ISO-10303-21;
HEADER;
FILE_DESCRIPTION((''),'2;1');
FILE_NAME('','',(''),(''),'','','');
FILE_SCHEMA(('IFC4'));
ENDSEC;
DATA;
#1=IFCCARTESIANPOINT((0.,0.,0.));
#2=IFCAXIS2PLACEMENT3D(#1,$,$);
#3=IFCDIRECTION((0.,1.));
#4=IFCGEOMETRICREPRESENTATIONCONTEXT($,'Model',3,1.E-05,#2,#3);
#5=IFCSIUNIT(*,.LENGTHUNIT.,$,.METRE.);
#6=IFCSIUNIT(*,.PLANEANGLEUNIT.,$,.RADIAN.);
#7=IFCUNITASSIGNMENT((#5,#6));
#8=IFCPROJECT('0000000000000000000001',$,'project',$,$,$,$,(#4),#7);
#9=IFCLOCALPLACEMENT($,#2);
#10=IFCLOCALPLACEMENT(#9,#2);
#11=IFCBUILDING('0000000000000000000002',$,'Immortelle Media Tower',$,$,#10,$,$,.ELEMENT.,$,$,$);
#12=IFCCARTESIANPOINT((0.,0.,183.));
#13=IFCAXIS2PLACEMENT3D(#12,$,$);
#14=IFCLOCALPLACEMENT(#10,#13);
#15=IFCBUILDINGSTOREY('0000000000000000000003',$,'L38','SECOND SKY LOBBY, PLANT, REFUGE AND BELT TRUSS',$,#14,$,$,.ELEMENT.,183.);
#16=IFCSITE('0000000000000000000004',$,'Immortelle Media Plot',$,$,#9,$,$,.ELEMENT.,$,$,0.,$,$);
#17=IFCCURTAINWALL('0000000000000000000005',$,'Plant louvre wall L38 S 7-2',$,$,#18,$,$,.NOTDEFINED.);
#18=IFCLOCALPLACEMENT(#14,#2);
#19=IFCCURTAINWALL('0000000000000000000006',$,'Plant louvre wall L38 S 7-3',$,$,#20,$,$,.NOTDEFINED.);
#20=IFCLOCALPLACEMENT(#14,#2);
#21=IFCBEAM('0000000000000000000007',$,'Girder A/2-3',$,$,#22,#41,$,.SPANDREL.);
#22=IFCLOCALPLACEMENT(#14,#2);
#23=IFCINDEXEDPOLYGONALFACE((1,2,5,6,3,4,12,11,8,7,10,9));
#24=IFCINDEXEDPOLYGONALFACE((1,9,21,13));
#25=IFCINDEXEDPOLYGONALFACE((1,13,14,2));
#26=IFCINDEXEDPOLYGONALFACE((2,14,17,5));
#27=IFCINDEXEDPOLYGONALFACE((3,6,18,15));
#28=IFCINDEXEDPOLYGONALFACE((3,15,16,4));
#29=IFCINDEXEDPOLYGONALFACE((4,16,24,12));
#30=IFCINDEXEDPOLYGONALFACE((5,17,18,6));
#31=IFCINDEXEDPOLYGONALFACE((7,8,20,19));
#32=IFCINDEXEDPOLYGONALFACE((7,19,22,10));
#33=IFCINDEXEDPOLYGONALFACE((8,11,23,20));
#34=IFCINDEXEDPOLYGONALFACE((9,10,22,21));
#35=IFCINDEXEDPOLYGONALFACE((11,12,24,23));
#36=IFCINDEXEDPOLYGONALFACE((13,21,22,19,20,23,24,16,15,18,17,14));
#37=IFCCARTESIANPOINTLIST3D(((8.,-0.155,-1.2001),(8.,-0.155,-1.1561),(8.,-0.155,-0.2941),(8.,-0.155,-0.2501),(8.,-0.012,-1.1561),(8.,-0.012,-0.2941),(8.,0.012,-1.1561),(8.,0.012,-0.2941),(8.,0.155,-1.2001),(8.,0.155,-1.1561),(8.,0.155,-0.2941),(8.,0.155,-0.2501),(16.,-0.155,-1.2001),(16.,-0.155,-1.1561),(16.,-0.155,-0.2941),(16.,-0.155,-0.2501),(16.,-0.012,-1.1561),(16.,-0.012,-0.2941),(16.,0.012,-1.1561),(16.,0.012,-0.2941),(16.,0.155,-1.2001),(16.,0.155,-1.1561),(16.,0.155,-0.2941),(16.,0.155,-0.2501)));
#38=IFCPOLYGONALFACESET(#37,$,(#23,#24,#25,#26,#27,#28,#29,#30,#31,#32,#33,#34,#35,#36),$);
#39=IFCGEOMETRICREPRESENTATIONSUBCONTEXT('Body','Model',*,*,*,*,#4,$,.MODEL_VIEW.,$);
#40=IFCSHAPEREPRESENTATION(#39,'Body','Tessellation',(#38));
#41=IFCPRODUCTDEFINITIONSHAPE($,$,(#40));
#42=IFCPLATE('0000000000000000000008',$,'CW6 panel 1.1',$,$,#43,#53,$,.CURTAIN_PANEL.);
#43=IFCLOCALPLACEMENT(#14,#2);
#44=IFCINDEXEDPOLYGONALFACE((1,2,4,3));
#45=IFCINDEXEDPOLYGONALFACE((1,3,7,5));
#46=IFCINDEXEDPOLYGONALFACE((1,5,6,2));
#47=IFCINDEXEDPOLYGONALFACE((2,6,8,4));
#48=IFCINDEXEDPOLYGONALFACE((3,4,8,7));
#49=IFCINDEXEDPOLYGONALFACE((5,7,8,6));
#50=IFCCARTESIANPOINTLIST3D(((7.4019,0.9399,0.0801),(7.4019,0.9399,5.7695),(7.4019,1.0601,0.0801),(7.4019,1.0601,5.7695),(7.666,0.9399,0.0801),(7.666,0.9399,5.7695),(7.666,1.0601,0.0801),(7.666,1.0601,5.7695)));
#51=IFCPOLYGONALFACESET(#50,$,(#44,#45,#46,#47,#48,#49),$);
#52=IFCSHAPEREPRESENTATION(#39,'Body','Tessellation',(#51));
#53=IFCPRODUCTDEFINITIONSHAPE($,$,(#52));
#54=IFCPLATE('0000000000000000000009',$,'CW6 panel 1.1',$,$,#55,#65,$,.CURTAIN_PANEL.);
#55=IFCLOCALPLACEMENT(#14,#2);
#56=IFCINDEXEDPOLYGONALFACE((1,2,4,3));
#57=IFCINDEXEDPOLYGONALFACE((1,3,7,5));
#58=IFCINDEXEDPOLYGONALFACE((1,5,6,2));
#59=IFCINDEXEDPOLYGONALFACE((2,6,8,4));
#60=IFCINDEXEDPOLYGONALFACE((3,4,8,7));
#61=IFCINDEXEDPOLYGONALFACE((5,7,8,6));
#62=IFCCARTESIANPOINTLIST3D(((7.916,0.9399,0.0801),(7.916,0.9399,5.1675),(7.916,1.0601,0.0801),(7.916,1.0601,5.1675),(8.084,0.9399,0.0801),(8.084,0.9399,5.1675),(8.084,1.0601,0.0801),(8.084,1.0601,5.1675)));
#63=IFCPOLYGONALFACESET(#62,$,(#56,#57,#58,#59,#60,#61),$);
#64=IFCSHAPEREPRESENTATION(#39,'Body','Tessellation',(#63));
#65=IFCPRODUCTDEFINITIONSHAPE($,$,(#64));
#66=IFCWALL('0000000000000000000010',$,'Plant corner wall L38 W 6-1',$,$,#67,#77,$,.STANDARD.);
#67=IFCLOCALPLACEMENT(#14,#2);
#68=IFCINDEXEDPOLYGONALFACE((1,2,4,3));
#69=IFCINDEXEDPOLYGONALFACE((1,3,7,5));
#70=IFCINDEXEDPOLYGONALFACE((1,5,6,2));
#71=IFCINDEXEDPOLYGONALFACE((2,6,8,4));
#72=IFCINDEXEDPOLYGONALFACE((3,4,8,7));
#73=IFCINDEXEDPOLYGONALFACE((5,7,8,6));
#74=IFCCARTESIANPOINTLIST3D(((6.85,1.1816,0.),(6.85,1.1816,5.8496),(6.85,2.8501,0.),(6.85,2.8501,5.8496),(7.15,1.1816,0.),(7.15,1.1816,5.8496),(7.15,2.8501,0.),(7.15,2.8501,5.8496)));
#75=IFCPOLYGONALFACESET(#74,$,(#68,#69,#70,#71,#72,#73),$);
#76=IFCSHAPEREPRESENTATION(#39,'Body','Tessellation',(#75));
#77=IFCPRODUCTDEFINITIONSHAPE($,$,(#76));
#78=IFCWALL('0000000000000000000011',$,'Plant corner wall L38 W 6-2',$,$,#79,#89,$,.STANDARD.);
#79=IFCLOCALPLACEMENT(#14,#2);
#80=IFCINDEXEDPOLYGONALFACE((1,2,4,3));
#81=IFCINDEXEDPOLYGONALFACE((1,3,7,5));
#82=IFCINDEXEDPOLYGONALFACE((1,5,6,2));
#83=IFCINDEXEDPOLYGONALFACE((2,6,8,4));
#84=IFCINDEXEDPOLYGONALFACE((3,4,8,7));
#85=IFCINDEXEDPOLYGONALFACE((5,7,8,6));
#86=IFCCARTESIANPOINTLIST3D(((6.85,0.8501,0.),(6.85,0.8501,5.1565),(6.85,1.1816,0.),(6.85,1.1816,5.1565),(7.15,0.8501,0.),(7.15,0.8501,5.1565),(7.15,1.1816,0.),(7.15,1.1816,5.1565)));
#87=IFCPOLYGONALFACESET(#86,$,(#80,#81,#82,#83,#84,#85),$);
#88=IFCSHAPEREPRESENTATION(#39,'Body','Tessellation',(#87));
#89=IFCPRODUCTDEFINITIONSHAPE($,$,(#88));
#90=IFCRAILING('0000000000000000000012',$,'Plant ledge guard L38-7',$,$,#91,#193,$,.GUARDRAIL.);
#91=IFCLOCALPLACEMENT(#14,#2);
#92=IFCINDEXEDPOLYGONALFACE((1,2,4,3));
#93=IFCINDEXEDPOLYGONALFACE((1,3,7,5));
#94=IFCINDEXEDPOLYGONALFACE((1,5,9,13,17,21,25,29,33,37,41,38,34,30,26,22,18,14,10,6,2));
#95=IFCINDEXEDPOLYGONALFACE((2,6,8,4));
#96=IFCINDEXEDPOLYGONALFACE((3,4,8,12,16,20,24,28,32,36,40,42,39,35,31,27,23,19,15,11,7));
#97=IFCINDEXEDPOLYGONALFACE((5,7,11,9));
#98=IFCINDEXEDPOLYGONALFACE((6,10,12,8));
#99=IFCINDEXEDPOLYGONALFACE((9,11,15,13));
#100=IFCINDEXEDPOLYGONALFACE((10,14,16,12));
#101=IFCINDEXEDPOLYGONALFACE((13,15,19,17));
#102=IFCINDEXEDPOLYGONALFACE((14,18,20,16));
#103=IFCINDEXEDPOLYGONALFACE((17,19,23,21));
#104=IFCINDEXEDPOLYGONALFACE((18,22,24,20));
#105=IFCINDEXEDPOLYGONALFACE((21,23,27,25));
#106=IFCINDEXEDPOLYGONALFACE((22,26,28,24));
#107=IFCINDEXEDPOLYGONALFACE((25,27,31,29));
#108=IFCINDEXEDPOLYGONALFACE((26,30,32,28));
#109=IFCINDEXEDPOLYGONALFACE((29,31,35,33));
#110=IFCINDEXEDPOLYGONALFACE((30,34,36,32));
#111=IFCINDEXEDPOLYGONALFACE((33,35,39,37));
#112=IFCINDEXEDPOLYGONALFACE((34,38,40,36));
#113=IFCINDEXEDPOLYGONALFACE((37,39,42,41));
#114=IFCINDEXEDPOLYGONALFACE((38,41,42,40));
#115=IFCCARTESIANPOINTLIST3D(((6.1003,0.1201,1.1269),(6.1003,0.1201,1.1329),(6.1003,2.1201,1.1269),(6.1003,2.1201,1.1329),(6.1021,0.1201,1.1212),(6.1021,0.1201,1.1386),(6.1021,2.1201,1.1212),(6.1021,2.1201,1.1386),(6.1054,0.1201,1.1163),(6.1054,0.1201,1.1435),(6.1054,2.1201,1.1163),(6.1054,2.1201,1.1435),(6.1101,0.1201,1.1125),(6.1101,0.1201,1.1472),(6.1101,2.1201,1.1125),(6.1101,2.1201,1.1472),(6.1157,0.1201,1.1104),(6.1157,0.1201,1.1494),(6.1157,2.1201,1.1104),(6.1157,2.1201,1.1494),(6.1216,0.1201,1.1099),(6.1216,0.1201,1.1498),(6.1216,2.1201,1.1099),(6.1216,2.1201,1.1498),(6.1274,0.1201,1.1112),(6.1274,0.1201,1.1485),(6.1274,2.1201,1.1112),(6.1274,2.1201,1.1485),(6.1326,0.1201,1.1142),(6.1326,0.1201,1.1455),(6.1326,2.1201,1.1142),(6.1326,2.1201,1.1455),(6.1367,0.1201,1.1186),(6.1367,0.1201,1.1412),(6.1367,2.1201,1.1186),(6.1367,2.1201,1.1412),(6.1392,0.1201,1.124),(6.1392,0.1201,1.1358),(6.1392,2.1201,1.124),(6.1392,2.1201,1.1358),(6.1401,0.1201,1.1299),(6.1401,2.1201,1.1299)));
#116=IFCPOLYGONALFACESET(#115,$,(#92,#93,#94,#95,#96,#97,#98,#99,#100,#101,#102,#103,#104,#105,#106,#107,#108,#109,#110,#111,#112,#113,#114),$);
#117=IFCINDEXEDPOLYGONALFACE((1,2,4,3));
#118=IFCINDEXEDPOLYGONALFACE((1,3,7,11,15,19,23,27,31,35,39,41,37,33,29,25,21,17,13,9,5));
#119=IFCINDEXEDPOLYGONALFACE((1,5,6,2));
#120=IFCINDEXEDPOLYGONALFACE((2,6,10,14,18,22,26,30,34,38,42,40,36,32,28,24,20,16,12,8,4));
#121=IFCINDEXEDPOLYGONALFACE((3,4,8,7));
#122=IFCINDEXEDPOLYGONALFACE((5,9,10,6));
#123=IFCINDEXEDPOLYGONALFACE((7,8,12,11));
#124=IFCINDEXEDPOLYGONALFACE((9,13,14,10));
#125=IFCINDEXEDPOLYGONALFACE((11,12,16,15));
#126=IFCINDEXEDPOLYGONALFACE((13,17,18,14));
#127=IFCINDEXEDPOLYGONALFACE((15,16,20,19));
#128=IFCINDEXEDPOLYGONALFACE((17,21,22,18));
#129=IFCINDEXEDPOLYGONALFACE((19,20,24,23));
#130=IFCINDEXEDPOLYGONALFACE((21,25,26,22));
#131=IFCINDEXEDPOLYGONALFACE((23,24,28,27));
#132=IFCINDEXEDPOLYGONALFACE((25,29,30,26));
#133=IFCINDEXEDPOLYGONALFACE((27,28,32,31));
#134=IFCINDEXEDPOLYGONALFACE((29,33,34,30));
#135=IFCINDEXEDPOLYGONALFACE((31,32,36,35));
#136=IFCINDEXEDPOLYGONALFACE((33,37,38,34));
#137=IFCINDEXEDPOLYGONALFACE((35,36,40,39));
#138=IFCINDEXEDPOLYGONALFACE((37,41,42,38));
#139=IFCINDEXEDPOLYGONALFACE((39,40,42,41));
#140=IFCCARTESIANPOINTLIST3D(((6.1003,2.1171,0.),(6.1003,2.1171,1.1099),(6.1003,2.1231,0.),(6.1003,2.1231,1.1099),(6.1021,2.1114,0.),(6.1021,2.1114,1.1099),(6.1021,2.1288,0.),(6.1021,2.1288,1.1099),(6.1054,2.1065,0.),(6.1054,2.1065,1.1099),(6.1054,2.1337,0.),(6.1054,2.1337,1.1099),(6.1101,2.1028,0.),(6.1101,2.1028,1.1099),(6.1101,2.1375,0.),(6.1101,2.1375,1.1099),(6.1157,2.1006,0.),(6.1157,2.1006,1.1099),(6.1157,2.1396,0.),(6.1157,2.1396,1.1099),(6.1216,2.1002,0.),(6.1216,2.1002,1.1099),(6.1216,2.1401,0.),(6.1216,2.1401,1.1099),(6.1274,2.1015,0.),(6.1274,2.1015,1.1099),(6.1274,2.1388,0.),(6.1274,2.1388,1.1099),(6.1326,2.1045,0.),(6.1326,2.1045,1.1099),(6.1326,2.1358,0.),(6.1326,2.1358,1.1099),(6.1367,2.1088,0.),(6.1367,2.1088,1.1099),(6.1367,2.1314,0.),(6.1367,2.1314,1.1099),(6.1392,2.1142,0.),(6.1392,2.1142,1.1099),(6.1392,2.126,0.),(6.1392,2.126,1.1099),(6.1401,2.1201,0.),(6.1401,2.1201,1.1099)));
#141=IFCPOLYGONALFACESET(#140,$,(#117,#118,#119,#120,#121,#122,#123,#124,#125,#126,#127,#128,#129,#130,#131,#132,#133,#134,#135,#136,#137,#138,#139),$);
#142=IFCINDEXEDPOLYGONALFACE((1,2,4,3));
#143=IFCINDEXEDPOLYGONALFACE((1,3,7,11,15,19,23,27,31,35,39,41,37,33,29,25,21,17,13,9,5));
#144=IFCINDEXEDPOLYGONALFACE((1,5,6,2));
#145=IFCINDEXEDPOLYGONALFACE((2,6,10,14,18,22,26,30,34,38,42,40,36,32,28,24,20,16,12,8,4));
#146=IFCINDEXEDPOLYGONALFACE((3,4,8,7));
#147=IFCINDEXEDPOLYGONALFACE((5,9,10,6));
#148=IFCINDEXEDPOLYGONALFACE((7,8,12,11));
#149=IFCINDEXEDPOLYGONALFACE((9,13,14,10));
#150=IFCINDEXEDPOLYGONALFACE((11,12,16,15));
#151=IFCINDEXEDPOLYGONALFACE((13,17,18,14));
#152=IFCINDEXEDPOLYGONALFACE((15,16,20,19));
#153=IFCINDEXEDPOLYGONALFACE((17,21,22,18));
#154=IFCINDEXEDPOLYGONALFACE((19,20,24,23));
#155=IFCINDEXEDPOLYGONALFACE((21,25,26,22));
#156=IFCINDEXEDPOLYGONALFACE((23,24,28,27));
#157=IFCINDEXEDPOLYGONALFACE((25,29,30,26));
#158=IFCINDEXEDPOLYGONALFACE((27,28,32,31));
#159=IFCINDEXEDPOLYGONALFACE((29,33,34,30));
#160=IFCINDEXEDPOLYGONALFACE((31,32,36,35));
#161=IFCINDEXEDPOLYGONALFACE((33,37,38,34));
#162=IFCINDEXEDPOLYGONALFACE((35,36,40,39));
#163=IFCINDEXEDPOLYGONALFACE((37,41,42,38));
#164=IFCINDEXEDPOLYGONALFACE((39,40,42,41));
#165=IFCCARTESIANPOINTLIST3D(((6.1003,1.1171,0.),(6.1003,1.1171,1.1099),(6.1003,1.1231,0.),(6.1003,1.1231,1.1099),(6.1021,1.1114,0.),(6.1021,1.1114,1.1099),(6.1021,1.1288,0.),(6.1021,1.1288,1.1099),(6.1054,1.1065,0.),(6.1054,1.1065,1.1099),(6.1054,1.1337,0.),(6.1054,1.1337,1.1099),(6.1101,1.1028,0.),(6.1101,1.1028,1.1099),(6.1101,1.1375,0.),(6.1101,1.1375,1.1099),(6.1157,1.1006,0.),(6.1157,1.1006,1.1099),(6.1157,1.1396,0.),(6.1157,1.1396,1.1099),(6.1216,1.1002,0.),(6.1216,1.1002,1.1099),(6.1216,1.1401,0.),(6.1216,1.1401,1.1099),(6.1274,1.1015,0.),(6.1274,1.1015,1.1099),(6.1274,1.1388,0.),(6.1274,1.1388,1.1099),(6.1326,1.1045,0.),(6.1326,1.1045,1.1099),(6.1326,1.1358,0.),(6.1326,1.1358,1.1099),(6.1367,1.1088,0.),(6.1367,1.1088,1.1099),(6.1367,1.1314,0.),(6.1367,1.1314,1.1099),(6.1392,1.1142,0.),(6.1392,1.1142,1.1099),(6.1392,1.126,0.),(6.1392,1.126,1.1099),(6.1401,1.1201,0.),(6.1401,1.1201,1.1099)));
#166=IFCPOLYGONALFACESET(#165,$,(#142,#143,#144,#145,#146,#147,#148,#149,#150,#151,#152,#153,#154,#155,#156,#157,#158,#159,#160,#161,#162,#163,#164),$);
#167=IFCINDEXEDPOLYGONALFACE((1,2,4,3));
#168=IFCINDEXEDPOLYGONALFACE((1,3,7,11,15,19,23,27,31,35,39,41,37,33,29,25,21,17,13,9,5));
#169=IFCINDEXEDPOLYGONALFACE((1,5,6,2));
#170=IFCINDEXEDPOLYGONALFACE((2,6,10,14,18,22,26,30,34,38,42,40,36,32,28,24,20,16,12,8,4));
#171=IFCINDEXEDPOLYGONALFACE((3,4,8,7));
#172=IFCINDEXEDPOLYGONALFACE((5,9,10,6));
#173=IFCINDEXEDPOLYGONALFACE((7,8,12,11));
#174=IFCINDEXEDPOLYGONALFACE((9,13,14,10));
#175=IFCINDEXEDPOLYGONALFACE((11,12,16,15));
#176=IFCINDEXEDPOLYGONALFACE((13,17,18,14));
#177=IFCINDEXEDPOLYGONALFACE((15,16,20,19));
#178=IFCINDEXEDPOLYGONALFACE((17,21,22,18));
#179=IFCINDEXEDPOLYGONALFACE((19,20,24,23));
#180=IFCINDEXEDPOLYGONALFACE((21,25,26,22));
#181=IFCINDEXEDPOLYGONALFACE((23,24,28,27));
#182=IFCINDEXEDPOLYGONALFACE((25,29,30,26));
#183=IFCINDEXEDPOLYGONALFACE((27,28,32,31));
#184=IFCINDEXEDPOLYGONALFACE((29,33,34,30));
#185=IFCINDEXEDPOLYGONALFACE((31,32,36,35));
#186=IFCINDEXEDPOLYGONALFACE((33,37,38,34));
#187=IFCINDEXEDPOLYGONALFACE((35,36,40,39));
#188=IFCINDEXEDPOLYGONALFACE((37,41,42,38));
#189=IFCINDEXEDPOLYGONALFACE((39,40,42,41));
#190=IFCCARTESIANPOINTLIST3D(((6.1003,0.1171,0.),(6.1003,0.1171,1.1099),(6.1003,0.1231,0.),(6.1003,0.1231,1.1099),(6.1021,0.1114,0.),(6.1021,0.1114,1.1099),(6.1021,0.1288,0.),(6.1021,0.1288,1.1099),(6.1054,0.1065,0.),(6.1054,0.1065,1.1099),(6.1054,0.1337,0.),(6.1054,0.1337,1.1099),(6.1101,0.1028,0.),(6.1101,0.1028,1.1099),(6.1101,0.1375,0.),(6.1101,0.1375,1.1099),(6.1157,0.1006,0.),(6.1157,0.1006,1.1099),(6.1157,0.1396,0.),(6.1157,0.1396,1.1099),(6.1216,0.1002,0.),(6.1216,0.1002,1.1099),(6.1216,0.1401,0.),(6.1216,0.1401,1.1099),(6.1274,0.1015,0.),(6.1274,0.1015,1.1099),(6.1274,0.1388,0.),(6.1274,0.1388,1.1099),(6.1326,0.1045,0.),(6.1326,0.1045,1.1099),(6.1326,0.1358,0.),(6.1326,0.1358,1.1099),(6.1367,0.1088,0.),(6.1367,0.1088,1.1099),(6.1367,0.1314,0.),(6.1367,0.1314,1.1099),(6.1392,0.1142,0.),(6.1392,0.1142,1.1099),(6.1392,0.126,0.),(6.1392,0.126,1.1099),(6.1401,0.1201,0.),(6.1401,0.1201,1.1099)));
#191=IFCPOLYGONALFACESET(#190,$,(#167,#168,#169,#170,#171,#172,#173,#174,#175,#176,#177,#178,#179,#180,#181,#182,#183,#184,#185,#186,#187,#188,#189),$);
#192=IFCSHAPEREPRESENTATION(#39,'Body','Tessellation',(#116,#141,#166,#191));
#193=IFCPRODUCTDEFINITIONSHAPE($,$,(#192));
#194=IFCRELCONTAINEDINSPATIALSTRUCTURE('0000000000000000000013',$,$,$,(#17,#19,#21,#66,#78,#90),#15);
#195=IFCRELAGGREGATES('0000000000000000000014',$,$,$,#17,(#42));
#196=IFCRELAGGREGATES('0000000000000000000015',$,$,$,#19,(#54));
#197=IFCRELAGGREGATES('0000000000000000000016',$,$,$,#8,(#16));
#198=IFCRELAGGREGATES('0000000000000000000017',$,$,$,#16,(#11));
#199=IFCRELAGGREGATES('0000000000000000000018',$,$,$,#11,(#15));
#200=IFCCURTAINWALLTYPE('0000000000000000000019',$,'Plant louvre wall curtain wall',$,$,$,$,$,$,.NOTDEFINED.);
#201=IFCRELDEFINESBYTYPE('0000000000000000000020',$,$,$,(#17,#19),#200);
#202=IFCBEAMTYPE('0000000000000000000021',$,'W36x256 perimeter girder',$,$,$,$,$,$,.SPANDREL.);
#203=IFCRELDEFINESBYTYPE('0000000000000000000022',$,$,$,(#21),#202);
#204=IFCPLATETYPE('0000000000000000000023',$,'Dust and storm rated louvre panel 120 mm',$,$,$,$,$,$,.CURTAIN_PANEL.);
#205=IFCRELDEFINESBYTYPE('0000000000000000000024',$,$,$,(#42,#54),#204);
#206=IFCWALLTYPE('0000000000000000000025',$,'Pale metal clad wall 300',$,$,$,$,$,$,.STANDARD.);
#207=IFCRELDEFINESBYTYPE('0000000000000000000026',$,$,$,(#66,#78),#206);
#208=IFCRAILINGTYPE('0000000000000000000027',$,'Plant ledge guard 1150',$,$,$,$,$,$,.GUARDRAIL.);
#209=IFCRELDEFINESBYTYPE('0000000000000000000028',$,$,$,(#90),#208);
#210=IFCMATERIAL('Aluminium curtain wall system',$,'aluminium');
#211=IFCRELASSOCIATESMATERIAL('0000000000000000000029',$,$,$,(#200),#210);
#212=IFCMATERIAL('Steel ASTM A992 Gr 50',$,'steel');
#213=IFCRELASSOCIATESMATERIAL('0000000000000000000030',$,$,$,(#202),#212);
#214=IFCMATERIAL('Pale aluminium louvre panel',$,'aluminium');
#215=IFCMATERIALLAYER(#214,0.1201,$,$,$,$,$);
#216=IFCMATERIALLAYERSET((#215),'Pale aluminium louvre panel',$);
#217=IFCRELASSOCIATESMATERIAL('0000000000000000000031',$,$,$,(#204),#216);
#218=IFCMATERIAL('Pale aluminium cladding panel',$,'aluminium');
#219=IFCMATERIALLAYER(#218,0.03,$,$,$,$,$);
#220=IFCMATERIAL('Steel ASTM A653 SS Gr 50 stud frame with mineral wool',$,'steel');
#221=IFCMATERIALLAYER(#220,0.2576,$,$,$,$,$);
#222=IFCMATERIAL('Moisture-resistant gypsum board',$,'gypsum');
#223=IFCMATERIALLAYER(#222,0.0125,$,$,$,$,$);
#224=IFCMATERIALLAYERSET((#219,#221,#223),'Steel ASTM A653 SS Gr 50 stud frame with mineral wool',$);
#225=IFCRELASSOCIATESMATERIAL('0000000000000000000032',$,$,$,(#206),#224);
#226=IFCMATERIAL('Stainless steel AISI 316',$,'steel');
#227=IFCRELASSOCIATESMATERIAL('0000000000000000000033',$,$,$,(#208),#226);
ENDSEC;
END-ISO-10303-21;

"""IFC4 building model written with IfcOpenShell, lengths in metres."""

from ifc_helpers import new_model, si_unit, direction, frame, frame_2d, origin, origin_2d, place, context, subcontext, project, spatial, rectangle, circle, i_section, extrude, material, layer, layer_set, material_profile, profile_set, type_object, element, aggregate, save


model = new_model("IFC4")

# Units and contexts
model_context = context("Model", 3, precision=1e-05, world=origin(), true_north=direction((0.0, 1.0)))
body_context = subcontext(model_context, "Body", "Model", "MODEL_VIEW")
ifc_project = project(units=[si_unit("LENGTHUNIT", "METRE"), si_unit("PLANEANGLEUNIT", "RADIAN")], contexts=[model_context])

# Site, building, storey
site_placement = place(None, origin())
site = spatial("IfcSite", under=ifc_project, at=site_placement, Name="Immortelle Media Plot", CompositionType="ELEMENT", RefElevation=0.0)
building_placement = place(site_placement, origin())
building = spatial("IfcBuilding", under=site, at=building_placement, Name="Immortelle Media Tower", CompositionType="ELEMENT")
storey_placement = place(building_placement, frame((0.0, 0.0, 183.0)))
storey = spatial("IfcBuildingStorey", under=building, at=storey_placement, Name="L38", Description="SECOND SKY LOBBY, PLANT, REFUGE AND BELT TRUSS", CompositionType="ELEMENT", Elevation=183.0)

# Shared definitions
ifc_material_1 = material(Name="Steel ASTM A992 Gr 50", Category="steel")

# Curtain walls
ifc_material_2 = material(Name="Aluminium curtain wall system", Category="aluminium")
curtain_wall_type = type_object("IfcCurtainWallType", Name="Plant louvre wall curtain wall", PredefinedType="NOTDEFINED", material=ifc_material_2)
curtain_wall_1_placement = place(storey_placement, origin())
curtain_wall_1 = element("IfcCurtainWall", 1, at=curtain_wall_1_placement, inside=storey, type_object=curtain_wall_type, Name="Plant louvre wall L38 S 7-2", PredefinedType="NOTDEFINED")
curtain_wall_2_placement = place(storey_placement, origin())
curtain_wall_2 = element("IfcCurtainWall", 2, at=curtain_wall_2_placement, inside=storey, type_object=curtain_wall_type, Name="Plant louvre wall L38 S 7-3", PredefinedType="NOTDEFINED")

# Beam
ifc_material_profile_1 = material_profile(ifc_material_1, i_section(OverallWidth=0.3101, OverallDepth=0.95, WebThickness=0.0239, FlangeThickness=0.0439, at=origin_2d()), Name="W36x256")
ifc_profile_set_1 = profile_set([ifc_material_profile_1], Name="Steel ASTM A992 Gr 50")
beam_type_1 = type_object("IfcBeamType", Name="W36x256 perimeter girder", PredefinedType="SPANDREL", material=ifc_profile_set_1)
beam_1_placement = place(storey_placement, frame((8.0, 0.0, -0.7251), z_axis=(1.0, 0.0, 0.0), x_axis=(0.0, 1.0, 0.0)))
element("IfcBeam", 3, at=beam_1_placement, inside=storey, type_object=beam_type_1, Name="Girder A/2-3", PredefinedType="SPANDREL", context=body_context, shape_type="SweptSolid", body=[
    extrude(i_section(OverallWidth=0.3101, OverallDepth=0.95, WebThickness=0.0239, FlangeThickness=0.0439, at=origin_2d()), origin(), (0.0, 0.0, 1.0), 8.0),
])

# Plates
ifc_material_3 = material(Name="Pale aluminium louvre panel", Category="aluminium")
ifc_layer_1 = layer(ifc_material_3, 0.1201)
ifc_layer_set_1 = layer_set([ifc_layer_1], Name="Pale aluminium louvre panel")
plate_type = type_object("IfcPlateType", Name="Dust and storm rated louvre panel 120 mm", PredefinedType="CURTAIN_PANEL", material=ifc_layer_set_1)
plate_1_placement = place(storey_placement, frame((7.5339, 1.0, 0.0801), z_axis=(0.0, 0.0, 1.0), x_axis=(1.0, 0.0, 0.0)))
plate_1 = element("IfcPlate", 4, at=plate_1_placement, type_object=plate_type, Name="CW6 panel 1.1", PredefinedType="CURTAIN_PANEL", context=body_context, shape_type="SweptSolid", body=[
    extrude(rectangle(XDim=0.2642, YDim=0.1201, at=origin_2d()), origin(), (0.0, 0.0, 1.0), 5.6895),
])
aggregate(curtain_wall_1, [plate_1])
plate_2_placement = place(storey_placement, frame((8.0, 1.0, 0.0801), z_axis=(0.0, 0.0, 1.0), x_axis=(1.0, 0.0, 0.0)))
plate_2 = element("IfcPlate", 5, at=plate_2_placement, type_object=plate_type, Name="CW6 panel 1.1", PredefinedType="CURTAIN_PANEL", context=body_context, shape_type="SweptSolid", body=[
    extrude(rectangle(XDim=0.168, YDim=0.1201, at=origin_2d()), origin(), (0.0, 0.0, 1.0), 5.0874),
])
aggregate(curtain_wall_2, [plate_2])

# Walls
ifc_material_4 = material(Name="Pale aluminium cladding panel", Category="aluminium")
ifc_layer_2 = layer(ifc_material_4, 0.03)
ifc_material_5 = material(Name="Steel ASTM A653 SS Gr 50 stud frame with mineral wool", Category="steel")
ifc_layer_3 = layer(ifc_material_5, 0.2576)
ifc_material_6 = material(Name="Moisture-resistant gypsum board", Category="gypsum")
ifc_layer_4 = layer(ifc_material_6, 0.0125)
ifc_layer_set_2 = layer_set([ifc_layer_2, ifc_layer_3, ifc_layer_4], Name="Steel ASTM A653 SS Gr 50 stud frame with mineral wool")
wall_type = type_object("IfcWallType", Name="Pale metal clad wall 300", PredefinedType="STANDARD", material=ifc_layer_set_2)
wall_1_placement = place(storey_placement, frame((7.0, 2.8501, 0.0), z_axis=(0.0, 0.0, 1.0), x_axis=(0.0, -1.0, 0.0)))
element("IfcWall", 6, at=wall_1_placement, inside=storey, type_object=wall_type, Name="Plant corner wall L38 W 6-1", PredefinedType="STANDARD", context=body_context, shape_type="SweptSolid", body=[
    extrude(rectangle(XDim=1.6685, YDim=0.3, at=frame_2d((0.8342, 0.0))), origin(), (0.0, 0.0, 1.0), 5.8496),
])
wall_2_placement = place(storey_placement, frame((7.0, 1.1816, 0.0), z_axis=(0.0, 0.0, 1.0), x_axis=(0.0, -1.0, 0.0)))
element("IfcWall", 7, at=wall_2_placement, inside=storey, type_object=wall_type, Name="Plant corner wall L38 W 6-2", PredefinedType="STANDARD", context=body_context, shape_type="SweptSolid", body=[
    extrude(rectangle(XDim=0.3315, YDim=0.3, at=frame_2d((0.1658, 0.0))), origin(), (0.0, 0.0, 1.0), 5.1565),
])

# Railing
ifc_material_7 = material(Name="Stainless steel AISI 316", Category="steel")
railing_type = type_object("IfcRailingType", Name="Plant ledge guard 1150", PredefinedType="GUARDRAIL", material=ifc_material_7)
railing_placement = place(storey_placement, frame((6.1201, 2.1201, 0.0)))
element("IfcRailing", 8, at=railing_placement, inside=storey, type_object=railing_type, Name="Plant ledge guard L38-7", PredefinedType="GUARDRAIL", context=body_context, shape_type="SweptSolid", body=[
    extrude(circle(Radius=0.02, at=origin_2d()), frame((0.0, 0.0, 1.1299), z_axis=(0.0, -1.0, 0.0), x_axis=(1.0, 0.0, 0.0)), (0.0, 0.0, 1.0), 2.0),
    extrude(circle(Radius=0.02, at=origin_2d()), origin(), (0.0, 0.0, 1.0), 1.1099),
    extrude(circle(Radius=0.02, at=origin_2d()), frame((0.0, -1.0, 0.0)), (0.0, 0.0, 1.0), 1.1099),
    extrude(circle(Radius=0.02, at=origin_2d()), frame((0.0, -2.0, 0.0)), (0.0, 0.0, 1.0), 1.1099),
])

save(model, "model.ifc")
